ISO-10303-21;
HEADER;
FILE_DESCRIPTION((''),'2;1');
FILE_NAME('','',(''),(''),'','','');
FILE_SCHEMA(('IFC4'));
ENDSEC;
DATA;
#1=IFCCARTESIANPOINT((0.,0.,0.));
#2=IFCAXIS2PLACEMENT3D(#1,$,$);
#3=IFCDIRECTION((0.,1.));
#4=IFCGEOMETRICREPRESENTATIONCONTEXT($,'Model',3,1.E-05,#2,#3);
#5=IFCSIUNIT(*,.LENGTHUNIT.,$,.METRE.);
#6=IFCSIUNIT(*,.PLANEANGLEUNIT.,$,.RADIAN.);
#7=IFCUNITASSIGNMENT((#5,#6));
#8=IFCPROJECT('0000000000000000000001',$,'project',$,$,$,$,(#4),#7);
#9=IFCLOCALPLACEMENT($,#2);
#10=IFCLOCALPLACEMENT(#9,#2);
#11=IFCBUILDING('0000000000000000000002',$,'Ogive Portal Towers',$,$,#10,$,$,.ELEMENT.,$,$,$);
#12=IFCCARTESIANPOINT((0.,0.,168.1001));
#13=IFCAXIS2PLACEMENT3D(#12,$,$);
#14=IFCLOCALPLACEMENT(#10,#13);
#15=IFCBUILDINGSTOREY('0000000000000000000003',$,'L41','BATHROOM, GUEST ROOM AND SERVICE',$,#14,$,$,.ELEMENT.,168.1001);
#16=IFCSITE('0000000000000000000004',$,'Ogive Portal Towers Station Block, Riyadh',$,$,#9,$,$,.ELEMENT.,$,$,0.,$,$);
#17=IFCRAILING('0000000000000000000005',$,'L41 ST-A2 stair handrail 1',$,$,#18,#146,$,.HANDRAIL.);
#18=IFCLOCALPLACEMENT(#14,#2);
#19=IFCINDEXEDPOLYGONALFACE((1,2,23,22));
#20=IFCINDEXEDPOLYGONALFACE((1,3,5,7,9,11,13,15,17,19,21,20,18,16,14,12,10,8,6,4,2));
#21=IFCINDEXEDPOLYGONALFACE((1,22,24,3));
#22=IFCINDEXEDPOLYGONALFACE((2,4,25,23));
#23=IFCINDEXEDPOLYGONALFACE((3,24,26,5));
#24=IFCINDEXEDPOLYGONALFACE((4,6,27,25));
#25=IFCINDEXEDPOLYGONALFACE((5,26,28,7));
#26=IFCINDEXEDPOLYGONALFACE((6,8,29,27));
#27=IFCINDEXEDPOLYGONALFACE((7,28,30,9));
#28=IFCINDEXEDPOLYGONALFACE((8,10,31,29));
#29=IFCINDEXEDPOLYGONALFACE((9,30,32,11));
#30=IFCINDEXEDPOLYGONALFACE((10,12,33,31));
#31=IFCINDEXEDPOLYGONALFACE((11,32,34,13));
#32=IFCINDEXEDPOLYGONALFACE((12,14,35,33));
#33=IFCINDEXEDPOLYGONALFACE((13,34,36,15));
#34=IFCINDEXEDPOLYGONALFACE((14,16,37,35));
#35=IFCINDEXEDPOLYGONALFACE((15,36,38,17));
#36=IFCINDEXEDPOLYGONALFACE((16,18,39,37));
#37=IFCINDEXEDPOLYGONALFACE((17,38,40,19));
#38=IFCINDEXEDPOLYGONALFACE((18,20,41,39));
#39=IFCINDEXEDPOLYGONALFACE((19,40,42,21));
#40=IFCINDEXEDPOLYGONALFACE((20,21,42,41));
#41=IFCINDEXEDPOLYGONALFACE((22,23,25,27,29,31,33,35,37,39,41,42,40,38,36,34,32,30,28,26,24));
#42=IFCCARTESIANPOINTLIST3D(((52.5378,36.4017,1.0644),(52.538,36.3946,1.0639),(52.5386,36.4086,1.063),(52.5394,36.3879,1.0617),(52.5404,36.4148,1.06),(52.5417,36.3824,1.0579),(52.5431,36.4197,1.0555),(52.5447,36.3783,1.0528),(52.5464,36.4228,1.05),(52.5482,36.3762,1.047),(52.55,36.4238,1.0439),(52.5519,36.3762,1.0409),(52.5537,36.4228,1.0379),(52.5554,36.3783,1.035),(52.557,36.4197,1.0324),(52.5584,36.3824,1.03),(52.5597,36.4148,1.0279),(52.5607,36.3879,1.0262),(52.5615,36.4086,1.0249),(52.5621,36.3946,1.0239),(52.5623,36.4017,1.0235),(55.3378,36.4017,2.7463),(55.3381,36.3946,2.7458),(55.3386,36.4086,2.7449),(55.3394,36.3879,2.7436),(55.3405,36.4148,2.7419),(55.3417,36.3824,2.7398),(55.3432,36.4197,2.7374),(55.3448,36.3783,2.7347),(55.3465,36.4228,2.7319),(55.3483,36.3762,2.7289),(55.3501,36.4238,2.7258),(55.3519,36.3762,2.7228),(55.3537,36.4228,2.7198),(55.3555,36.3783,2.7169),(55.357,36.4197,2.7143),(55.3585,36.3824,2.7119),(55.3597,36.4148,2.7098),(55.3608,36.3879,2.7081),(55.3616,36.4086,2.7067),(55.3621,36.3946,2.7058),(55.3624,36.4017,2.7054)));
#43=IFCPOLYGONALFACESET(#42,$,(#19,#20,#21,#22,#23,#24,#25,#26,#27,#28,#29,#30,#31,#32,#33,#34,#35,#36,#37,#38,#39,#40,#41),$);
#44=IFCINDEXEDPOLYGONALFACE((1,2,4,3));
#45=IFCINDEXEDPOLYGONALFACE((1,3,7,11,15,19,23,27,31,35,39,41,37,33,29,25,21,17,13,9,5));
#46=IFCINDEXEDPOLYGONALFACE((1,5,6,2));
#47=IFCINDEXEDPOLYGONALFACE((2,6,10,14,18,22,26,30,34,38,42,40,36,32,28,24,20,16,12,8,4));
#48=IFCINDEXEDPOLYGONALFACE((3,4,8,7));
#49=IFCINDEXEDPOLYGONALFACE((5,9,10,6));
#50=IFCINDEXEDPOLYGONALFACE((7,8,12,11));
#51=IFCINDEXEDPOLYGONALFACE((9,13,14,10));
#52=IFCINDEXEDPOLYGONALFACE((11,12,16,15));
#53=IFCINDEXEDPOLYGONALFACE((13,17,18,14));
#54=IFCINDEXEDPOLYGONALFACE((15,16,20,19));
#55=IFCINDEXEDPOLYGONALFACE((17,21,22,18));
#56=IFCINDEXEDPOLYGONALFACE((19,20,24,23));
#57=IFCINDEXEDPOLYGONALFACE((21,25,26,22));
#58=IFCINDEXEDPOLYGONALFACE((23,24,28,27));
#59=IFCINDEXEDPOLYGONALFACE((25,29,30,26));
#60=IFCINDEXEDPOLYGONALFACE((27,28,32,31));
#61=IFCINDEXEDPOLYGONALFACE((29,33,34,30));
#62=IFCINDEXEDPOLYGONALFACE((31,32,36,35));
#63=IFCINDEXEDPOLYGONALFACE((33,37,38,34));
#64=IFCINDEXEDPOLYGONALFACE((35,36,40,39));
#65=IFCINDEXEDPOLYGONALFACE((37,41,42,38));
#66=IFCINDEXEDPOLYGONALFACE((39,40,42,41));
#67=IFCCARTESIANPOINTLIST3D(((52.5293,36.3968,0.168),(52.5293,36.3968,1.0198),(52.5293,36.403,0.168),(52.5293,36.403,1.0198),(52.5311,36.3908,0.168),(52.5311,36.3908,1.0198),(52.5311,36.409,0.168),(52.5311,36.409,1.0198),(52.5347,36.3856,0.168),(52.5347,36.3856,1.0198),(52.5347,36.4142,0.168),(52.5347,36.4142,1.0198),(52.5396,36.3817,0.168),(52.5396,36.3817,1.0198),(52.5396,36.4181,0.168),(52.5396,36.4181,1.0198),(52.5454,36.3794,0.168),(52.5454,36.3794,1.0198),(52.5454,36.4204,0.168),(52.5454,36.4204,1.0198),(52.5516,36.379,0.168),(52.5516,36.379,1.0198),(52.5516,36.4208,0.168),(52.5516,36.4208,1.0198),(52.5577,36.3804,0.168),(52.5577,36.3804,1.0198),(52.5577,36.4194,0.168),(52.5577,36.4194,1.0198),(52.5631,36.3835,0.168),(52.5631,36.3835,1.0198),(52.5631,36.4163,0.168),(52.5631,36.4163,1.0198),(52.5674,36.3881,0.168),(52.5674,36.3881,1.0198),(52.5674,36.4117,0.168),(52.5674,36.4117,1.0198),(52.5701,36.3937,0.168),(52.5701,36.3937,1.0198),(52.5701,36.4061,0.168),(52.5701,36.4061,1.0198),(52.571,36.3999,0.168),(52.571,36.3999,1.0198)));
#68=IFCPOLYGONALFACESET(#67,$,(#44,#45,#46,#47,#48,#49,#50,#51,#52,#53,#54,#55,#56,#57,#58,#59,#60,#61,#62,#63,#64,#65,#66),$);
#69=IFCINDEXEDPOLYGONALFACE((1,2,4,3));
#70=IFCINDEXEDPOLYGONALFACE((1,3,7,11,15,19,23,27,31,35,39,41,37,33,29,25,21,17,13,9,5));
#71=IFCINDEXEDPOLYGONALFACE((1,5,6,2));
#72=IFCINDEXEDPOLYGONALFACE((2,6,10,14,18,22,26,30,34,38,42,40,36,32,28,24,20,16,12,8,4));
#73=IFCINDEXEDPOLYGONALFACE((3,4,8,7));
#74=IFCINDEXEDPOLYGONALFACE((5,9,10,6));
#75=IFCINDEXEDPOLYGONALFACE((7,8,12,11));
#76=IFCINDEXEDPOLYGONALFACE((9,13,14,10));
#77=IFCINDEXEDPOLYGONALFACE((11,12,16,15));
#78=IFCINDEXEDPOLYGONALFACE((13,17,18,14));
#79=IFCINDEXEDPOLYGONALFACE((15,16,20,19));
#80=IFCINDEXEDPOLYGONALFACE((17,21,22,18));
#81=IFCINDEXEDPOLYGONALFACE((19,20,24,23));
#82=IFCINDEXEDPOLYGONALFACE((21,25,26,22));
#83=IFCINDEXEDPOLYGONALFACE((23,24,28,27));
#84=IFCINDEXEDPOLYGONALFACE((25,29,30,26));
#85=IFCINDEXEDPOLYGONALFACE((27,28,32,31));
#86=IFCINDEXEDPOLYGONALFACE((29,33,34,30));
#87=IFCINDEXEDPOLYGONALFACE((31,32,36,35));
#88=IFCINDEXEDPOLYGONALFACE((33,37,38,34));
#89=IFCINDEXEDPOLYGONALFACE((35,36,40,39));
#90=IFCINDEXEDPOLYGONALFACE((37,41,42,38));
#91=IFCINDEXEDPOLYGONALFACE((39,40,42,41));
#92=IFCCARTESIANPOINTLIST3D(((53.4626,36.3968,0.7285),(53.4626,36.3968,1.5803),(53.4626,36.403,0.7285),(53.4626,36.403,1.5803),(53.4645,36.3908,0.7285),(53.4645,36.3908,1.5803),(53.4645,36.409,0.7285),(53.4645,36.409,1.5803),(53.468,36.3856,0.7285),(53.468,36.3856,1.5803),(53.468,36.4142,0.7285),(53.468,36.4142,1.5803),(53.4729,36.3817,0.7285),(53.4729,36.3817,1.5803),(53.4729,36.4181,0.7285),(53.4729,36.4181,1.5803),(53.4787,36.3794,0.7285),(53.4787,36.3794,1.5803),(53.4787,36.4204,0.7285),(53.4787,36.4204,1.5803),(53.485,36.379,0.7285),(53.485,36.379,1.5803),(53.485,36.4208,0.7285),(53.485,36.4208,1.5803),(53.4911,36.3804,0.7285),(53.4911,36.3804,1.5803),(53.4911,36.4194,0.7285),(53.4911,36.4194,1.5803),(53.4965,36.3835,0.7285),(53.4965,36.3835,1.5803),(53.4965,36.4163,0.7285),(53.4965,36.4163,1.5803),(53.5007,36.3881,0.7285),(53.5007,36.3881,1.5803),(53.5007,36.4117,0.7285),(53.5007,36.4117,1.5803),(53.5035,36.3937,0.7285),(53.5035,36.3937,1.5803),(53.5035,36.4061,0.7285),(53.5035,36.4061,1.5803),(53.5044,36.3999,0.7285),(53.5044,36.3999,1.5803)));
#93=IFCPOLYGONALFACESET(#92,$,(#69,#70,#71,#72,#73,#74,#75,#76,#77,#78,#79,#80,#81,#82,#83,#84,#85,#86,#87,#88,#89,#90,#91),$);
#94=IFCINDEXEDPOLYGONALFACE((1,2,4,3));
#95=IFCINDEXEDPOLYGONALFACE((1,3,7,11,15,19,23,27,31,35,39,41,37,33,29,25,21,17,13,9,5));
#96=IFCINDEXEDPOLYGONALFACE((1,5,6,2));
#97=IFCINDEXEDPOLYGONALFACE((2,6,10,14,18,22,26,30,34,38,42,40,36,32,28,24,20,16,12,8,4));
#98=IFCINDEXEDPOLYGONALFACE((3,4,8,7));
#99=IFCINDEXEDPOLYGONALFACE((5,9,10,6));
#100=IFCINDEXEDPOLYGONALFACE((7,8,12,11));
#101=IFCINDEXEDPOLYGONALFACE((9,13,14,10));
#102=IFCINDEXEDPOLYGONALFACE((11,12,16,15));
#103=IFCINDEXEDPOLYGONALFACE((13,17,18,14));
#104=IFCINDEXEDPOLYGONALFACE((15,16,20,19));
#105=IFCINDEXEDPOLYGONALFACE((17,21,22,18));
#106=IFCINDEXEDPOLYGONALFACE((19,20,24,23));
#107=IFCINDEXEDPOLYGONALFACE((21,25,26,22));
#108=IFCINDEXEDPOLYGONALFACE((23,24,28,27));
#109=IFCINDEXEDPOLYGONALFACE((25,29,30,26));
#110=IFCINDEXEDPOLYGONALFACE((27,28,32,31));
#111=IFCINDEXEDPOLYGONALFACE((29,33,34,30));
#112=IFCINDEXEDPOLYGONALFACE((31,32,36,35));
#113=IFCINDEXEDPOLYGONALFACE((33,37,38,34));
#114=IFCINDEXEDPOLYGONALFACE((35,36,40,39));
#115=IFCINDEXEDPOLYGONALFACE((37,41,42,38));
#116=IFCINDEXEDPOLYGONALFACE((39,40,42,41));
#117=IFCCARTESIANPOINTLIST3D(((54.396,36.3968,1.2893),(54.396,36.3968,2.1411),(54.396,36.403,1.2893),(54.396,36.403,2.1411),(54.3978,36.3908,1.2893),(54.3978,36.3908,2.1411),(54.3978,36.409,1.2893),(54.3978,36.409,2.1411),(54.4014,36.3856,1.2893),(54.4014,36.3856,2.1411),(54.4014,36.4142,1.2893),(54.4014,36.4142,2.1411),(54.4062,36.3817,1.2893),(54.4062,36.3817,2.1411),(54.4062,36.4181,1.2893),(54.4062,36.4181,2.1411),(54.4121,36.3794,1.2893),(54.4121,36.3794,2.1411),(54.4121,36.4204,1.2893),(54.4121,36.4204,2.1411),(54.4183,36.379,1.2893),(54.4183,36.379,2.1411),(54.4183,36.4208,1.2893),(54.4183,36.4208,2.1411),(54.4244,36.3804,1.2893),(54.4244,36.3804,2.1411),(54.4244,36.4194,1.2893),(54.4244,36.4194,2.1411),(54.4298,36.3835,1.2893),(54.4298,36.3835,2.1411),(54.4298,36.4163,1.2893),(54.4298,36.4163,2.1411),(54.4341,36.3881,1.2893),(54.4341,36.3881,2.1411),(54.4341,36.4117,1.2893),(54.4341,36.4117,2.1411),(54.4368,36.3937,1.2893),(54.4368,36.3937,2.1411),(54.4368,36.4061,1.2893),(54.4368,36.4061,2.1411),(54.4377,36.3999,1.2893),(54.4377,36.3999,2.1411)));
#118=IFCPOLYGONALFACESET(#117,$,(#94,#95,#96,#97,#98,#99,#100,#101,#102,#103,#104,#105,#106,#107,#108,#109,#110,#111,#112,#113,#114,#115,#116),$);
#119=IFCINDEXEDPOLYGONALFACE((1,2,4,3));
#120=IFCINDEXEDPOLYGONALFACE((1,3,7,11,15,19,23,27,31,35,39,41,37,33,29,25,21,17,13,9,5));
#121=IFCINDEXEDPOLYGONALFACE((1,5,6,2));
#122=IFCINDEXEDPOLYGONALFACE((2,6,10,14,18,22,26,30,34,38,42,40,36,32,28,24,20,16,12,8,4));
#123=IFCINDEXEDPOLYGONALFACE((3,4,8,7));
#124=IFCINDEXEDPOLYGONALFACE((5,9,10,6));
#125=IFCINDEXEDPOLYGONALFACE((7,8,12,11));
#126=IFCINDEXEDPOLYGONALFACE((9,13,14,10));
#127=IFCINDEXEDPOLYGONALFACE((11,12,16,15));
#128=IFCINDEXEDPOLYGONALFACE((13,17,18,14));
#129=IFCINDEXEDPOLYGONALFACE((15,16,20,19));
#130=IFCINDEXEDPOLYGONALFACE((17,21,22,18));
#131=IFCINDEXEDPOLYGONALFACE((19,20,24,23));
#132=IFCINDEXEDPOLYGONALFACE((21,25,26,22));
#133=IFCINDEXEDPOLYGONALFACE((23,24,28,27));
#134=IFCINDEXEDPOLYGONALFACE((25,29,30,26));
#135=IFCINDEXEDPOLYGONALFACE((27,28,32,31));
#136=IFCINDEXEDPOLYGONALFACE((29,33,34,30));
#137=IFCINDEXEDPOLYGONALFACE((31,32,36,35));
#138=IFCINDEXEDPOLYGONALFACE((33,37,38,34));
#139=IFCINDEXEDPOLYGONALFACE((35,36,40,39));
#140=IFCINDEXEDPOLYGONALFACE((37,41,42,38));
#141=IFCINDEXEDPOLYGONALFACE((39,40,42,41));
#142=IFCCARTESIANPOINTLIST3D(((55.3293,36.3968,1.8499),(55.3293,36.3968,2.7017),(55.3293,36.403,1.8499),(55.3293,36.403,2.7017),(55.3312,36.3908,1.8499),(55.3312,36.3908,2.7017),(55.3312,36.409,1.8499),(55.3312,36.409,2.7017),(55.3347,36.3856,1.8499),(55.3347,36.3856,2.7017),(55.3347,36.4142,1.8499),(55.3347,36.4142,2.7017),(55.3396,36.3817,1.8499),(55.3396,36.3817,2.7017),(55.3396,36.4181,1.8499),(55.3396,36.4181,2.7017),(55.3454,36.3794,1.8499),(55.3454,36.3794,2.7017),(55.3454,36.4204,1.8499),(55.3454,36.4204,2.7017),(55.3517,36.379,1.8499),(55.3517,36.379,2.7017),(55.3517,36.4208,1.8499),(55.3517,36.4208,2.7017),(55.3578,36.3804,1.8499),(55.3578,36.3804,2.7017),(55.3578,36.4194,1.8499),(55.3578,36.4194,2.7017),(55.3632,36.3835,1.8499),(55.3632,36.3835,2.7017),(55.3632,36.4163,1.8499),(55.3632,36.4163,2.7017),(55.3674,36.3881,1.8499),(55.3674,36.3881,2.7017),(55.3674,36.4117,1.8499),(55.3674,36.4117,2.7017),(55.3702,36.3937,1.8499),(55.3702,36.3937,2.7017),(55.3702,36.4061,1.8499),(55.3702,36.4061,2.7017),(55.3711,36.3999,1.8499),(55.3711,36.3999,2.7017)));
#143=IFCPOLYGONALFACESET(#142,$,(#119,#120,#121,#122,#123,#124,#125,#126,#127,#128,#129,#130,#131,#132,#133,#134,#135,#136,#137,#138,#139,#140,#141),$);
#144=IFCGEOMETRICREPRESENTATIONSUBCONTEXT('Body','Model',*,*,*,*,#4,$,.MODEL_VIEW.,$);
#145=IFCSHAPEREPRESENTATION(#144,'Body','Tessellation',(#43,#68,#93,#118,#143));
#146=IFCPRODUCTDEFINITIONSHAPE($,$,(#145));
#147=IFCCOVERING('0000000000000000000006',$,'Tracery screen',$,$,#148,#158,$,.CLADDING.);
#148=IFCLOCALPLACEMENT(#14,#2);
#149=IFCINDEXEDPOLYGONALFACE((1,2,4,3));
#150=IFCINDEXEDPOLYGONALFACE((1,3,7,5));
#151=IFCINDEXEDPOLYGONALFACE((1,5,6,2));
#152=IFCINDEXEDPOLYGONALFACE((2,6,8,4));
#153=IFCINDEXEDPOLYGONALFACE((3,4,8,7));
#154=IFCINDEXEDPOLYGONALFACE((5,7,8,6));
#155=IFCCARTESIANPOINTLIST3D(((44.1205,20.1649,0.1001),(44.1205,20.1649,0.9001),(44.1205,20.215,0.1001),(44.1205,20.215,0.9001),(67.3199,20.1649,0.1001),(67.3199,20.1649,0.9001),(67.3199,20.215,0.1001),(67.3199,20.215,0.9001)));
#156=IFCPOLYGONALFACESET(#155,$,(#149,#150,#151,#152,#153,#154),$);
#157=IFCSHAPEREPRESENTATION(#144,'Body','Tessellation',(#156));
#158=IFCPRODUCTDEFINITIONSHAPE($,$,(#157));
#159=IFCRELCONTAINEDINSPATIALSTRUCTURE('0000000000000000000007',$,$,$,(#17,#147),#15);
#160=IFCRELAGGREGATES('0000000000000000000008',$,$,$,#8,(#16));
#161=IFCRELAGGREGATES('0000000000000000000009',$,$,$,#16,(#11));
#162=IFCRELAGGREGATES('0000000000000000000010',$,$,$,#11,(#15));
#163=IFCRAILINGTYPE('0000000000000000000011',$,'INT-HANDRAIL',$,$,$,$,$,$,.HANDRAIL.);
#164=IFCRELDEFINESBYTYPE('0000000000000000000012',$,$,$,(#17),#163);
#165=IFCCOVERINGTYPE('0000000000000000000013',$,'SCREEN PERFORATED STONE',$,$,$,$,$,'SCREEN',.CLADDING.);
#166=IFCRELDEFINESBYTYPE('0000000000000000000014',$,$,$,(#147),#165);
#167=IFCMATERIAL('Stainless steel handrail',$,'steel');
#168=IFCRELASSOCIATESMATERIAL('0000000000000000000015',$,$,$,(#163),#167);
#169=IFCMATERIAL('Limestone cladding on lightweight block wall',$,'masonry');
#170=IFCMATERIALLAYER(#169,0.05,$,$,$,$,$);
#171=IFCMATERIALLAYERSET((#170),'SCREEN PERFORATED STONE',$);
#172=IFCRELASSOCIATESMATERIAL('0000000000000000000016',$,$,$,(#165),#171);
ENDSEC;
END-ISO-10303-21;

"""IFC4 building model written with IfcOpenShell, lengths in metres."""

from ifc_helpers import new_model, si_unit, direction, frame, origin, origin_2d, place, context, subcontext, project, spatial, rectangle, circle, extrude, material, layer, layer_set, type_object, element, save


model = new_model("IFC4")

# Units and contexts
model_context = context("Model", 3, precision=1e-05, world=origin(), true_north=direction((0.0, 1.0)))
body_context = subcontext(model_context, "Body", "Model", "MODEL_VIEW")
ifc_project = project(units=[si_unit("LENGTHUNIT", "METRE"), si_unit("PLANEANGLEUNIT", "RADIAN")], contexts=[model_context])

# Site, building, storey
site_placement = place(None, origin())
site = spatial("IfcSite", under=ifc_project, at=site_placement, Name="Ogive Portal Towers Station Block, Riyadh", CompositionType="ELEMENT", RefElevation=0.0)
building_placement = place(site_placement, origin())
building = spatial("IfcBuilding", under=site, at=building_placement, Name="Ogive Portal Towers", CompositionType="ELEMENT")
storey_placement = place(building_placement, frame((0.0, 0.0, 168.1001)))
storey = spatial("IfcBuildingStorey", under=building, at=storey_placement, Name="L41", Description="BATHROOM, GUEST ROOM AND SERVICE", CompositionType="ELEMENT", Elevation=168.1001)

# Railing
ifc_material_1 = material(Name="Stainless steel handrail", Category="steel")
railing_type_1 = type_object("IfcRailingType", Name="INT-HANDRAIL", PredefinedType="HANDRAIL", material=ifc_material_1)
railing_1_placement = place(storey_placement, frame((52.55, 36.3999, 0.168)))
element("IfcRailing", 1, at=railing_1_placement, inside=storey, type_object=railing_type_1, Name="L41 ST-A2 stair handrail 1", PredefinedType="HANDRAIL", context=body_context, shape_type="SweptSolid", body=[
    extrude(circle(Radius=0.0239, at=origin_2d()), frame((0.0, 0.0, 0.876), z_axis=(0.857242, 0.0, 0.514913), x_axis=(0.0, 1.0, 0.0)), (0.0, 0.0, 1.0), 3.2664),
    extrude(circle(Radius=0.021, at=origin_2d()), origin(), (0.0, 0.0, 1.0), 0.8518),
    extrude(circle(Radius=0.021, at=origin_2d()), frame((0.9333, 0.0, 0.5605)), (0.0, 0.0, 1.0), 0.8518),
    extrude(circle(Radius=0.021, at=origin_2d()), frame((1.8667, 0.0, 1.1213)), (0.0, 0.0, 1.0), 0.8518),
    extrude(circle(Radius=0.021, at=origin_2d()), frame((2.8, 0.0, 1.6819)), (0.0, 0.0, 1.0), 0.8518),
])

# Covering
ifc_material_2 = material(Name="Limestone cladding on lightweight block wall", Category="masonry")
ifc_layer_1 = layer(ifc_material_2, 0.05)
ifc_layer_set_1 = layer_set([ifc_layer_1], Name="SCREEN PERFORATED STONE")
covering_type = type_object("IfcCoveringType", Name="SCREEN PERFORATED STONE", ElementType="SCREEN", PredefinedType="CLADDING", material=ifc_layer_set_1)
covering_placement = place(storey_placement, frame((55.7202, 20.1899, 0.1001), z_axis=(0.0, 0.0, 1.0), x_axis=(1.0, 0.0, 0.0)))
element("IfcCovering", 2, at=covering_placement, inside=storey, type_object=covering_type, Name="Tracery screen", PredefinedType="CLADDING", context=body_context, shape_type="SweptSolid", body=[
    extrude(rectangle(XDim=23.1995, YDim=0.05, at=origin_2d()), origin(), (0.0, 0.0, 1.0), 0.8),
])

save(model, "model.ifc")
